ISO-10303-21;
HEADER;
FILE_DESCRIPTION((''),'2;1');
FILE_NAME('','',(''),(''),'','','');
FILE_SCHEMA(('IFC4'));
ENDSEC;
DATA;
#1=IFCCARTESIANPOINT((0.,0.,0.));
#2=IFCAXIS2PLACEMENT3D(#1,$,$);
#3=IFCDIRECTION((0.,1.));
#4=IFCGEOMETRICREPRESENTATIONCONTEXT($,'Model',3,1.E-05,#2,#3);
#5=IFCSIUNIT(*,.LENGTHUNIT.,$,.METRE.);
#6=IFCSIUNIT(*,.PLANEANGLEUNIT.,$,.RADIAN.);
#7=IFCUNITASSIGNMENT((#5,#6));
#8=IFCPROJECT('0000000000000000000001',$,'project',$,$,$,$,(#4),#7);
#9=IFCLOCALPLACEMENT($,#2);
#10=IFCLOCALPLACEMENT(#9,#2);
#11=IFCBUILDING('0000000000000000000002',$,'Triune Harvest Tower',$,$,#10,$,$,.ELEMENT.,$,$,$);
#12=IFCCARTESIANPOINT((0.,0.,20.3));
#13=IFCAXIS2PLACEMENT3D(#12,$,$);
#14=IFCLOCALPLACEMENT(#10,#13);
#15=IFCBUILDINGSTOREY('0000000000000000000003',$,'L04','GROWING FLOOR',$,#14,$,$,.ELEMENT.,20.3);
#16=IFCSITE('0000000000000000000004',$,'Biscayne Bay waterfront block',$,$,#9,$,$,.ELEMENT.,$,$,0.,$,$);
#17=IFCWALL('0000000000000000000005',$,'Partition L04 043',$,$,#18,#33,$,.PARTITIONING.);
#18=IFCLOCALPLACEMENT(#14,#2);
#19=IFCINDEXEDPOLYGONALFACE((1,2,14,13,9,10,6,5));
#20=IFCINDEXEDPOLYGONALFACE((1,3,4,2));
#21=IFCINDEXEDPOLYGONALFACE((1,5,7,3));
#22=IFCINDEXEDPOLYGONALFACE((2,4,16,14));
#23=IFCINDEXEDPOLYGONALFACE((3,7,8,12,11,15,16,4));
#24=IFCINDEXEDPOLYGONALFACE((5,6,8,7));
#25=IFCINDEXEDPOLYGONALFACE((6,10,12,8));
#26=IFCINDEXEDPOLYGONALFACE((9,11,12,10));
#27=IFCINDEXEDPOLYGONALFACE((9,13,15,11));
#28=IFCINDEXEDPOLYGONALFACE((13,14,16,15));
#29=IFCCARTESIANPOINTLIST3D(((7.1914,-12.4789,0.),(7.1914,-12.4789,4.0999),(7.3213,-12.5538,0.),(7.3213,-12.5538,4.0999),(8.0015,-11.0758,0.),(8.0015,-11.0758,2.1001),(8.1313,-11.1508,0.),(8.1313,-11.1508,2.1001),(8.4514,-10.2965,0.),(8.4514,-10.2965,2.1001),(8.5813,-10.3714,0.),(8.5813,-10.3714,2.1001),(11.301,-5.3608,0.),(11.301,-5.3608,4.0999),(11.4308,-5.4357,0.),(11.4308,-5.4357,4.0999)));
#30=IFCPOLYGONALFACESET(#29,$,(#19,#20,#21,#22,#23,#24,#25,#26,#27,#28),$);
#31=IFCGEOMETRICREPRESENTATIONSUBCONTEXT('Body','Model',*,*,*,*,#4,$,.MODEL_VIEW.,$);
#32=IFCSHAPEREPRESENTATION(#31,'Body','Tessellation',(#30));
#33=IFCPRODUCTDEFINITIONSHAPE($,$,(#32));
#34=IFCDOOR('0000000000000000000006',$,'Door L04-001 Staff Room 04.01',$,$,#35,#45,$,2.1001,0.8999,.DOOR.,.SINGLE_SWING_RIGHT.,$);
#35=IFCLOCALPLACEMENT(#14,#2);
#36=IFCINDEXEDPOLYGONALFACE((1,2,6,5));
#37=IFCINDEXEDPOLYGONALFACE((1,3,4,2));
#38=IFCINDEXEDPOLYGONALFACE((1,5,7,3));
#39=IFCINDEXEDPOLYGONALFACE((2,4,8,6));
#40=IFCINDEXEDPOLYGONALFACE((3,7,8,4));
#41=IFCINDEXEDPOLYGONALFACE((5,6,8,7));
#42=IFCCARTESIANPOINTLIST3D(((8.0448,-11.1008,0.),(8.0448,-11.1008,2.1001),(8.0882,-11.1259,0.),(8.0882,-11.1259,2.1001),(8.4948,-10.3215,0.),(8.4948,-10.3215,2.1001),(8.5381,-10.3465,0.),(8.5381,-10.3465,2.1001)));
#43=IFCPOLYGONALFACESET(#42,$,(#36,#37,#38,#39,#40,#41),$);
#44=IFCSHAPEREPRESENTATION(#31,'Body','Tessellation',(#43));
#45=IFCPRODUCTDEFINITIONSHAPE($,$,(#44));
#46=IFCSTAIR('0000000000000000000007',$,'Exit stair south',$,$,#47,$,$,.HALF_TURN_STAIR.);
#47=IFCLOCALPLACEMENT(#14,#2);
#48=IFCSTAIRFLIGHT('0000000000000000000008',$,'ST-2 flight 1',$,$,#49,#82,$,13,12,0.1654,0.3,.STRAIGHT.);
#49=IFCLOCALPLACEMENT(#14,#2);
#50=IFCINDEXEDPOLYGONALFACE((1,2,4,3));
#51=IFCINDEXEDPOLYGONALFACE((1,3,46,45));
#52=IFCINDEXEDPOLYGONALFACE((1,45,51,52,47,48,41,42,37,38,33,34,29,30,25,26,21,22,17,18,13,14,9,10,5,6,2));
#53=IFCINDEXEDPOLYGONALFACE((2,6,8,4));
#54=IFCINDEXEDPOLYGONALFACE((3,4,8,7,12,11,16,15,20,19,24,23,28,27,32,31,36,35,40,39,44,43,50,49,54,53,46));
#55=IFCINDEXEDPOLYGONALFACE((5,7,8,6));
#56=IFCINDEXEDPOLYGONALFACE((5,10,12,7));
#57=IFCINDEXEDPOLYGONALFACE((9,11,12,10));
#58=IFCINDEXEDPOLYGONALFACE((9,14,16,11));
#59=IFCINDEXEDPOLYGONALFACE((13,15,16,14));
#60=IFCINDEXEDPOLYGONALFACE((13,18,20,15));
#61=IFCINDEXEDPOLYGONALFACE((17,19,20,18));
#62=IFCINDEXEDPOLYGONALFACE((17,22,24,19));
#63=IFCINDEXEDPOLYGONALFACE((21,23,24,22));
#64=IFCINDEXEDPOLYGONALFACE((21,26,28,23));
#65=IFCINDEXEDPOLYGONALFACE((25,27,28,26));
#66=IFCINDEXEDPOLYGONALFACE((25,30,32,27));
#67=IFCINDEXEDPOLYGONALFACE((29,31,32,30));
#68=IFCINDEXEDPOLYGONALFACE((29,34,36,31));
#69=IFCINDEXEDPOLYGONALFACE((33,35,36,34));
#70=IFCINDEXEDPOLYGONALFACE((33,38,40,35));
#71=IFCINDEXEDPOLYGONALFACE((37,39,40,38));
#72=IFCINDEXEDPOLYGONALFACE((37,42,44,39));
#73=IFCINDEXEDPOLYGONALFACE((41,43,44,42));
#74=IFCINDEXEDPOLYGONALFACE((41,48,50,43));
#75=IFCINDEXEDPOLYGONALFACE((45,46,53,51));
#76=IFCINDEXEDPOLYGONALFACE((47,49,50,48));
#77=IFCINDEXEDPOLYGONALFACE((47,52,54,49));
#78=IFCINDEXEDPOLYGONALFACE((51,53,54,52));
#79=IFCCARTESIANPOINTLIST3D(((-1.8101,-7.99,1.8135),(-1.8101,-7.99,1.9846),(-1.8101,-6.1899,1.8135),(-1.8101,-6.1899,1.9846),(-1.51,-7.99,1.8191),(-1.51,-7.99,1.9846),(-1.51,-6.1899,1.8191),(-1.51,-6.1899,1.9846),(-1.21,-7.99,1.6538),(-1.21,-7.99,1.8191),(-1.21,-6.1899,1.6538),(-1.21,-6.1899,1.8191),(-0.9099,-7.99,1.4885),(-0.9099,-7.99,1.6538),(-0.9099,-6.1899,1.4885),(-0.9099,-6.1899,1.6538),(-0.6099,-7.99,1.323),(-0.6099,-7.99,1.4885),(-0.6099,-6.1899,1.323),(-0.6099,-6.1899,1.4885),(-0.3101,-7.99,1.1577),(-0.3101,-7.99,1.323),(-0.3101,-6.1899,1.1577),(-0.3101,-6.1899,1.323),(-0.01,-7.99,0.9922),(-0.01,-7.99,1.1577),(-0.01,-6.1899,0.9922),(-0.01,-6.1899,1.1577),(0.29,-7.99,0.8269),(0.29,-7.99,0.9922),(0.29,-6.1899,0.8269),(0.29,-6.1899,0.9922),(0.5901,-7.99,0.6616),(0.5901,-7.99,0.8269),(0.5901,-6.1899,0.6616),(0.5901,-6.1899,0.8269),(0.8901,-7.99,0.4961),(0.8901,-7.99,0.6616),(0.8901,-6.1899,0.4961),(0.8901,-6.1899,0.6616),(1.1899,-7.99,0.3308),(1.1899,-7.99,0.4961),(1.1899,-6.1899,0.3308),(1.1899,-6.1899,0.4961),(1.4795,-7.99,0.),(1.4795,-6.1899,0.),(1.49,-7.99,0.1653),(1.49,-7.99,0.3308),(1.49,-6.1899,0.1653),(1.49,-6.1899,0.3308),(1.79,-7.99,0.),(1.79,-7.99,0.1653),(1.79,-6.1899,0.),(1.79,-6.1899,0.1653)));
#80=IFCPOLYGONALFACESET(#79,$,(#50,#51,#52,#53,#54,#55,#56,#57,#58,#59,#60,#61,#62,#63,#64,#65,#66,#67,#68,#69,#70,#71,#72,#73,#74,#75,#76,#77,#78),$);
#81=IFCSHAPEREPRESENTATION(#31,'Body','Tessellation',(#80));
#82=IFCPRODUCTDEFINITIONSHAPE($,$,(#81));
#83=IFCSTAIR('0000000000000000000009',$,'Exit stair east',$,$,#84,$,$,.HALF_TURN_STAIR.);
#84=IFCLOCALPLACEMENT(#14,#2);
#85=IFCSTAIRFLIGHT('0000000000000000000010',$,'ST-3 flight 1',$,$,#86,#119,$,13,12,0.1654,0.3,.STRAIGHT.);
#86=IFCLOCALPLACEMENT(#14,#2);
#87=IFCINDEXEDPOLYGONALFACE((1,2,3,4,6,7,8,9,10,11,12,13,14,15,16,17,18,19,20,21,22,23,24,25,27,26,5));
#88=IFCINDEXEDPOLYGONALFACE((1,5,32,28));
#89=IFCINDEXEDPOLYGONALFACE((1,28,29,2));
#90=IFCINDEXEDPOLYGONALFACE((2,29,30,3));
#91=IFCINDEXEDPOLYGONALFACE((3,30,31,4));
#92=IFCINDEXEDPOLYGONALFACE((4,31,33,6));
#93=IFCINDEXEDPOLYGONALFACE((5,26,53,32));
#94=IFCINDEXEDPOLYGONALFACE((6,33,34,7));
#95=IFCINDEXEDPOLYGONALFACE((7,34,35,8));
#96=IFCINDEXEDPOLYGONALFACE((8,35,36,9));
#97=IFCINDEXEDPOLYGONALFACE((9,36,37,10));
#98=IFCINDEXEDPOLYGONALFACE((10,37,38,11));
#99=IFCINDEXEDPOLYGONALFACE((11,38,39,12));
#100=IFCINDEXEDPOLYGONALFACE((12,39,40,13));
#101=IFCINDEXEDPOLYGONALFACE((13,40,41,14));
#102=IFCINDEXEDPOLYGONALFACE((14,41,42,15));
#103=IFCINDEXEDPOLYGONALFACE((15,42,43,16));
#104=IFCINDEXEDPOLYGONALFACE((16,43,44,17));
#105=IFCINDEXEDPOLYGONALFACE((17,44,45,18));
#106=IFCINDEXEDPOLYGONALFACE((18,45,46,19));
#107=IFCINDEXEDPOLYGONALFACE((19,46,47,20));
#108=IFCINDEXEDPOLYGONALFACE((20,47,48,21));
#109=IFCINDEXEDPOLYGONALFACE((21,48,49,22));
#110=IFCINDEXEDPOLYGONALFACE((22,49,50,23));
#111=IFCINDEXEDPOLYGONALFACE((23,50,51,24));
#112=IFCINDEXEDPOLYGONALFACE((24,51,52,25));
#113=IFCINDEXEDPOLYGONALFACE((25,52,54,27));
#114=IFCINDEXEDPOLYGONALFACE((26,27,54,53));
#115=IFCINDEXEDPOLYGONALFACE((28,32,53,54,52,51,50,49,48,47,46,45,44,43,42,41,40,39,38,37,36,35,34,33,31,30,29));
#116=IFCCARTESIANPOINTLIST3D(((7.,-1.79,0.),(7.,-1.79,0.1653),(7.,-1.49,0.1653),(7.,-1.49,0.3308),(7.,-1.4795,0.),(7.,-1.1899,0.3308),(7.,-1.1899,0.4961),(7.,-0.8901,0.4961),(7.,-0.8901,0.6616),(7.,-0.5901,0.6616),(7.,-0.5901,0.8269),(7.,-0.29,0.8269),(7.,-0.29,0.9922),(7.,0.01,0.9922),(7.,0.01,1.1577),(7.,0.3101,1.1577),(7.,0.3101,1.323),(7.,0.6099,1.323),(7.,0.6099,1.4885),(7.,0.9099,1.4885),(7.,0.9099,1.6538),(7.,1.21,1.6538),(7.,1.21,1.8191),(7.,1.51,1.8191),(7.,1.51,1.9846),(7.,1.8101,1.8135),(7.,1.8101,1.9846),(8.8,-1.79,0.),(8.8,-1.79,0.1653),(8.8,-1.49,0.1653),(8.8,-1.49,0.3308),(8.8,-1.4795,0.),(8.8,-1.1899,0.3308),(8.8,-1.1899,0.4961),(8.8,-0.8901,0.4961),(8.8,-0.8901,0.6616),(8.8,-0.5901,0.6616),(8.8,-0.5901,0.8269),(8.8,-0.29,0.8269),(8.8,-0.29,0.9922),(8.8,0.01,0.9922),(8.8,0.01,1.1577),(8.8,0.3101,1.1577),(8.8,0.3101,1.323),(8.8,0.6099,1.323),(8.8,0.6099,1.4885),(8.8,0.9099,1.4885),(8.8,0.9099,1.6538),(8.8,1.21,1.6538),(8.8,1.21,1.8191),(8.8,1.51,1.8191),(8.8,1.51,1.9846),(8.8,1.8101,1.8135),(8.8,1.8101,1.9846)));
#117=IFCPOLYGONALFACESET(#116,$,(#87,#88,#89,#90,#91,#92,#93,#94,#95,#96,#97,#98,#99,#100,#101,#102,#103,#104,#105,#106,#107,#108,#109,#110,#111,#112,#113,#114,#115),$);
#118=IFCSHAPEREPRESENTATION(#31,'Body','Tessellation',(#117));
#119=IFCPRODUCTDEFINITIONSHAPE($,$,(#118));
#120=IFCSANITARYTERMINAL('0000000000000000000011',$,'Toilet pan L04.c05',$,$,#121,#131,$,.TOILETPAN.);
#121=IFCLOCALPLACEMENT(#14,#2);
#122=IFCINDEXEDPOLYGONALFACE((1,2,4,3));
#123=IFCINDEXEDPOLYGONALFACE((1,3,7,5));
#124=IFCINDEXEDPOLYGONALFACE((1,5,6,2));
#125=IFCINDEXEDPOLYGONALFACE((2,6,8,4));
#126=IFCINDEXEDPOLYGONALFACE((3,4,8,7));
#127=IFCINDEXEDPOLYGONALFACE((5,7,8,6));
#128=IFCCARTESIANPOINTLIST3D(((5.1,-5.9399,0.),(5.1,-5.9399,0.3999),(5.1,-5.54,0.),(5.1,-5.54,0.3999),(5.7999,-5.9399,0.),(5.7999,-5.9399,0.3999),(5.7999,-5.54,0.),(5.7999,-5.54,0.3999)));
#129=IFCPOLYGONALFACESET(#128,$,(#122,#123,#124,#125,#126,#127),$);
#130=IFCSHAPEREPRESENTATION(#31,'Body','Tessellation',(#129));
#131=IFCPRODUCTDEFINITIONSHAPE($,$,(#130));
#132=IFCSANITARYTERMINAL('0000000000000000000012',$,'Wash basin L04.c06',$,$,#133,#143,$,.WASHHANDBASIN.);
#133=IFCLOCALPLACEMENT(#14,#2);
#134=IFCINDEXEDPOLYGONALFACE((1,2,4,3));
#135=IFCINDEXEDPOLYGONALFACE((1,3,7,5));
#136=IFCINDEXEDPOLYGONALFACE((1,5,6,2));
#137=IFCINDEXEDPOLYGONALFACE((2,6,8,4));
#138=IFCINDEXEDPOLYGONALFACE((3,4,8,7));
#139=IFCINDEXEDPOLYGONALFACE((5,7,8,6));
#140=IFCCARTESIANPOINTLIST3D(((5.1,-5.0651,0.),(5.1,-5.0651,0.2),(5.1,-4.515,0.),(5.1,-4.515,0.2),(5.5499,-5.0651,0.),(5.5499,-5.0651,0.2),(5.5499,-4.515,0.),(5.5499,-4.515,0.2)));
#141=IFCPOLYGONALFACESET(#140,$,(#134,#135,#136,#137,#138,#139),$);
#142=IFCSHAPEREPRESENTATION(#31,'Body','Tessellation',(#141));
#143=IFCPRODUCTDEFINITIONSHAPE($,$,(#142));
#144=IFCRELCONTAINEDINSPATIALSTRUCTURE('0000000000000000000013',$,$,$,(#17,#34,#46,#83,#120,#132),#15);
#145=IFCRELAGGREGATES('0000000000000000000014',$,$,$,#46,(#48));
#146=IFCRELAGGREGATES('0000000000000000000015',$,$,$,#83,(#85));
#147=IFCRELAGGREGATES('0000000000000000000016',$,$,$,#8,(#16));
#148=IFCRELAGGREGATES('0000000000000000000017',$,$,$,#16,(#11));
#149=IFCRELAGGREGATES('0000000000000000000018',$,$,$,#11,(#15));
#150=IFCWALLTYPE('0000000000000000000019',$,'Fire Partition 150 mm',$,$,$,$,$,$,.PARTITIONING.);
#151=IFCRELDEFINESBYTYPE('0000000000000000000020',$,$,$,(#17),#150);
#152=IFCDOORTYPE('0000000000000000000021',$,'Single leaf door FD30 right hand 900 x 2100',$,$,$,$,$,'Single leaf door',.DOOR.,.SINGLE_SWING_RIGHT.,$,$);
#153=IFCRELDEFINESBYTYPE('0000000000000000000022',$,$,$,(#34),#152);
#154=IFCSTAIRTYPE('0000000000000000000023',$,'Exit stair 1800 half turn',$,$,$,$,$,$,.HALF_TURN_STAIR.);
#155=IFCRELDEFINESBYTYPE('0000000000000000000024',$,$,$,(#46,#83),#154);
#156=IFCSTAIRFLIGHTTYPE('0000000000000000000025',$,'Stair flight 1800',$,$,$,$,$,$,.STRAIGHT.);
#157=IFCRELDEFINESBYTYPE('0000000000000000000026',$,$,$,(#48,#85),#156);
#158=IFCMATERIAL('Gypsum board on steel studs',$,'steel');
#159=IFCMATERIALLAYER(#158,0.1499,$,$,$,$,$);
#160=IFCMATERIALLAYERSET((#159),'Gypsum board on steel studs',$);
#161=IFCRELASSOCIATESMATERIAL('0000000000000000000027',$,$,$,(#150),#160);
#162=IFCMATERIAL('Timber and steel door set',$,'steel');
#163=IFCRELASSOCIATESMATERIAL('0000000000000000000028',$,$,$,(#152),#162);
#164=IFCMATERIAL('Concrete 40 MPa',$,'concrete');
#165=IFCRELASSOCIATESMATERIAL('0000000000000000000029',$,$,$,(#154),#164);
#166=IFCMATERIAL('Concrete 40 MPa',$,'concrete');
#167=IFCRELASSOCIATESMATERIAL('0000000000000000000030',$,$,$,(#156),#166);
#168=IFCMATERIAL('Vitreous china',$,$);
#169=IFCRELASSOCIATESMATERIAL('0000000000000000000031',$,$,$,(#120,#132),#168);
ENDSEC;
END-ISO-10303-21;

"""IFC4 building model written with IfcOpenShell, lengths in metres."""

from ifc_helpers import new_model, si_unit, direction, frame, frame_2d, origin, origin_2d, place, context, subcontext, project, spatial, polyline, rectangle, outline, extrude, source, transform, mapped, material, layer, layer_set, type_object, element, fill, aggregate, save


model = new_model("IFC4")

# Units and contexts
model_context = context("Model", 3, precision=1e-05, world=origin(), true_north=direction((0.0, 1.0)))
body_context = subcontext(model_context, "Body", "Model", "MODEL_VIEW")
ifc_project = project(units=[si_unit("LENGTHUNIT", "METRE"), si_unit("PLANEANGLEUNIT", "RADIAN")], contexts=[model_context])

# Site, building, storey
site_placement = place(None, origin())
site = spatial("IfcSite", under=ifc_project, at=site_placement, Name="Biscayne Bay waterfront block", CompositionType="ELEMENT", RefElevation=0.0)
building_placement = place(site_placement, origin())
building = spatial("IfcBuilding", under=site, at=building_placement, Name="Triune Harvest Tower", CompositionType="ELEMENT")
storey_placement = place(building_placement, frame((0.0, 0.0, 20.3)))
storey = spatial("IfcBuildingStorey", under=building, at=storey_placement, Name="L04", Description="GROWING FLOOR", CompositionType="ELEMENT", Elevation=20.3)

# Wall, opening, door
ifc_material_1 = material(Name="Gypsum board on steel studs", Category="steel")
ifc_layer_1 = layer(ifc_material_1, 0.1499)
ifc_layer_set_1 = layer_set([ifc_layer_1], Name="Gypsum board on steel studs")
wall_type_1 = type_object("IfcWallType", Name="Fire Partition 150 mm", PredefinedType="PARTITIONING", material=ifc_layer_set_1)
shared_shape_1 = source(origin(), body_context, "Body", "SweptSolid", [
    extrude(rectangle(XDim=8.2192, YDim=0.1499, at=frame_2d((4.1096, 0.0))), origin(), (0.0, 0.0, 1.0), 4.0999),
])
wall_1_placement = place(storey_placement, frame((7.2563, -12.5164, 0.0), z_axis=(0.0, 0.0, 1.0), x_axis=(0.499995, 0.866028, 0.0)))
wall_1 = element("IfcWall", 1, at=wall_1_placement, inside=storey, type_object=wall_type_1, Name="Partition L04 043", PredefinedType="PARTITIONING", context=body_context, shape_type="MappedRepresentation", body=[
    mapped(shared_shape_1, transform((0.0, 0.0, 0.0), scale=1.0)),
])
opening_1_placement = place(wall_1_placement, frame((1.6201, 0.0, 0.0)))
opening_1 = element("IfcOpeningElement", 2, at=opening_1_placement, cuts=wall_1, PredefinedType="OPENING", context=body_context, shape_type="SweptSolid", body=[
    extrude(rectangle(XDim=0.8999, YDim=2.1001, at=frame_2d((0.45, 1.05))), frame((0.0, 0.085, 0.0), z_axis=(0.0, -1.0, 0.0), x_axis=(1.0, 0.0, 0.0)), (0.0, 0.0, 1.0), 0.1699),
])
ifc_material_2 = material(Name="Timber and steel door set", Category="steel")
door_type_1 = type_object("IfcDoorType", Name="Single leaf door FD30 right hand 900 x 2100", ElementType="Single leaf door", OperationType="SINGLE_SWING_RIGHT", PredefinedType="DOOR", material=ifc_material_2)
door_1_placement = place(opening_1_placement, origin())
door_1 = element("IfcDoor", 3, at=door_1_placement, inside=storey, type_object=door_type_1, Name="Door L04-001 Staff Room 04.01", OperationType="SINGLE_SWING_RIGHT", OverallHeight=2.1001, OverallWidth=0.8999, PredefinedType="DOOR", context=body_context, shape_type="SweptSolid", body=[
    extrude(rectangle(XDim=0.8999, YDim=2.1001, at=frame_2d((0.45, 1.05))), frame((0.0, 0.0249, 0.0), z_axis=(0.0, -1.0, 0.0), x_axis=(1.0, 0.0, 0.0)), (0.0, 0.0, 1.0), 0.05),
])
fill(opening_1, door_1)

# Stairs, stair flights
ifc_material_3 = material(Name="Concrete 40 MPa", Category="concrete")
stair_type = type_object("IfcStairType", Name="Exit stair 1800 half turn", PredefinedType="HALF_TURN_STAIR", material=ifc_material_3)
stair_1_placement = place(storey_placement, origin())
stair_1 = element("IfcStair", 4, at=stair_1_placement, inside=storey, type_object=stair_type, Name="Exit stair south", PredefinedType="HALF_TURN_STAIR")
ifc_material_4 = material(Name="Concrete 40 MPa", Category="concrete")
stair_flight_type = type_object("IfcStairFlightType", Name="Stair flight 1800", PredefinedType="STRAIGHT", material=ifc_material_4)
shared_shape_2 = source(origin(), body_context, "Body", "SweptSolid", [
    extrude(outline(polyline([(0.0, 0.0), (0.0, 0.1653), (0.3, 0.1653), (0.3, 0.3308), (0.6001, 0.3308), (0.6001, 0.4961), (0.8999, 0.4961), (0.8999, 0.6616), (1.2, 0.6616), (1.2, 0.8269), (1.5, 0.8269), (1.5, 0.9922), (1.8, 0.9922), (1.8, 1.1577), (2.1001, 1.1577), (2.1001, 1.323), (2.3999, 1.323), (2.3999, 1.4885), (2.7, 1.4885), (2.7, 1.6538), (3.0, 1.6538), (3.0, 1.8191), (3.3, 1.8191), (3.3, 1.9846), (3.6001, 1.9846), (3.6001, 2.1499), (3.6001, 1.8135), (0.3105, 0.0), (0.0, 0.0)])), frame((0.0, 0.8999, 0.0), z_axis=(0.0, -1.0, 0.0), x_axis=(1.0, 0.0, 0.0)), (0.0, 0.0, 1.0), 1.8),
])
stair_flight_1_placement = place(storey_placement, frame((1.79, -7.0901, 0.0), z_axis=(0.0, 0.0, 1.0), x_axis=(-1.0, 0.0, 0.0)))
stair_flight_1 = element("IfcStairFlight", 5, at=stair_flight_1_placement, type_object=stair_flight_type, Name="ST-2 flight 1", NumberOfRisers=13, NumberOfTreads=12, PredefinedType="STRAIGHT", RiserHeight=0.1654, TreadLength=0.3, context=body_context, shape_type="MappedRepresentation", body=[
    mapped(shared_shape_2, transform((0.0, 0.0, 0.0), scale=1.0)),
])
aggregate(stair_1, [stair_flight_1])
stair_2_placement = place(storey_placement, origin())
stair_2 = element("IfcStair", 6, at=stair_2_placement, inside=storey, type_object=stair_type, Name="Exit stair east", PredefinedType="HALF_TURN_STAIR")
stair_flight_2_placement = place(storey_placement, frame((7.8999, -1.79, 0.0), z_axis=(0.0, 0.0, 1.0), x_axis=(0.0, 1.0, 0.0)))
stair_flight_2 = element("IfcStairFlight", 7, at=stair_flight_2_placement, type_object=stair_flight_type, Name="ST-3 flight 1", NumberOfRisers=13, NumberOfTreads=12, PredefinedType="STRAIGHT", RiserHeight=0.1654, TreadLength=0.3, context=body_context, shape_type="MappedRepresentation", body=[
    mapped(shared_shape_2, transform((0.0, 0.0, 0.0), scale=1.0)),
])
aggregate(stair_2, [stair_flight_2])

# Sanitary terminals
ifc_material_5 = material(Name="Vitreous china")
shared_shape_3 = source(origin(), body_context, "Body", "SweptSolid", [
    extrude(rectangle(XDim=0.3999, YDim=0.7, at=origin_2d()), origin(), (0.0, 0.0, 1.0), 0.3999),
])
sanitary_terminal_1_placement = place(storey_placement, frame((5.45, -5.74, 0.0), z_axis=(0.0, 0.0, 1.0), x_axis=(0.0, 1.0, 0.0)))
element("IfcSanitaryTerminal", 8, at=sanitary_terminal_1_placement, inside=storey, material=ifc_material_5, Name="Toilet pan L04.c05", PredefinedType="TOILETPAN", context=body_context, shape_type="MappedRepresentation", body=[
    mapped(shared_shape_3, transform((0.0, 0.0, 0.0), scale=1.0)),
])
shared_shape_4 = source(origin(), body_context, "Body", "SweptSolid", [
    extrude(rectangle(XDim=0.55, YDim=0.45, at=origin_2d()), origin(), (0.0, 0.0, 1.0), 0.2),
])
sanitary_terminal_2_placement = place(storey_placement, frame((5.325, -4.79, 0.0), z_axis=(0.0, 0.0, 1.0), x_axis=(0.0, 1.0, 0.0)))
element("IfcSanitaryTerminal", 9, at=sanitary_terminal_2_placement, inside=storey, material=ifc_material_5, Name="Wash basin L04.c06", PredefinedType="WASHHANDBASIN", context=body_context, shape_type="MappedRepresentation", body=[
    mapped(shared_shape_4, transform((0.0, 0.0, 0.0), scale=1.0)),
])

save(model, "model.ifc")
